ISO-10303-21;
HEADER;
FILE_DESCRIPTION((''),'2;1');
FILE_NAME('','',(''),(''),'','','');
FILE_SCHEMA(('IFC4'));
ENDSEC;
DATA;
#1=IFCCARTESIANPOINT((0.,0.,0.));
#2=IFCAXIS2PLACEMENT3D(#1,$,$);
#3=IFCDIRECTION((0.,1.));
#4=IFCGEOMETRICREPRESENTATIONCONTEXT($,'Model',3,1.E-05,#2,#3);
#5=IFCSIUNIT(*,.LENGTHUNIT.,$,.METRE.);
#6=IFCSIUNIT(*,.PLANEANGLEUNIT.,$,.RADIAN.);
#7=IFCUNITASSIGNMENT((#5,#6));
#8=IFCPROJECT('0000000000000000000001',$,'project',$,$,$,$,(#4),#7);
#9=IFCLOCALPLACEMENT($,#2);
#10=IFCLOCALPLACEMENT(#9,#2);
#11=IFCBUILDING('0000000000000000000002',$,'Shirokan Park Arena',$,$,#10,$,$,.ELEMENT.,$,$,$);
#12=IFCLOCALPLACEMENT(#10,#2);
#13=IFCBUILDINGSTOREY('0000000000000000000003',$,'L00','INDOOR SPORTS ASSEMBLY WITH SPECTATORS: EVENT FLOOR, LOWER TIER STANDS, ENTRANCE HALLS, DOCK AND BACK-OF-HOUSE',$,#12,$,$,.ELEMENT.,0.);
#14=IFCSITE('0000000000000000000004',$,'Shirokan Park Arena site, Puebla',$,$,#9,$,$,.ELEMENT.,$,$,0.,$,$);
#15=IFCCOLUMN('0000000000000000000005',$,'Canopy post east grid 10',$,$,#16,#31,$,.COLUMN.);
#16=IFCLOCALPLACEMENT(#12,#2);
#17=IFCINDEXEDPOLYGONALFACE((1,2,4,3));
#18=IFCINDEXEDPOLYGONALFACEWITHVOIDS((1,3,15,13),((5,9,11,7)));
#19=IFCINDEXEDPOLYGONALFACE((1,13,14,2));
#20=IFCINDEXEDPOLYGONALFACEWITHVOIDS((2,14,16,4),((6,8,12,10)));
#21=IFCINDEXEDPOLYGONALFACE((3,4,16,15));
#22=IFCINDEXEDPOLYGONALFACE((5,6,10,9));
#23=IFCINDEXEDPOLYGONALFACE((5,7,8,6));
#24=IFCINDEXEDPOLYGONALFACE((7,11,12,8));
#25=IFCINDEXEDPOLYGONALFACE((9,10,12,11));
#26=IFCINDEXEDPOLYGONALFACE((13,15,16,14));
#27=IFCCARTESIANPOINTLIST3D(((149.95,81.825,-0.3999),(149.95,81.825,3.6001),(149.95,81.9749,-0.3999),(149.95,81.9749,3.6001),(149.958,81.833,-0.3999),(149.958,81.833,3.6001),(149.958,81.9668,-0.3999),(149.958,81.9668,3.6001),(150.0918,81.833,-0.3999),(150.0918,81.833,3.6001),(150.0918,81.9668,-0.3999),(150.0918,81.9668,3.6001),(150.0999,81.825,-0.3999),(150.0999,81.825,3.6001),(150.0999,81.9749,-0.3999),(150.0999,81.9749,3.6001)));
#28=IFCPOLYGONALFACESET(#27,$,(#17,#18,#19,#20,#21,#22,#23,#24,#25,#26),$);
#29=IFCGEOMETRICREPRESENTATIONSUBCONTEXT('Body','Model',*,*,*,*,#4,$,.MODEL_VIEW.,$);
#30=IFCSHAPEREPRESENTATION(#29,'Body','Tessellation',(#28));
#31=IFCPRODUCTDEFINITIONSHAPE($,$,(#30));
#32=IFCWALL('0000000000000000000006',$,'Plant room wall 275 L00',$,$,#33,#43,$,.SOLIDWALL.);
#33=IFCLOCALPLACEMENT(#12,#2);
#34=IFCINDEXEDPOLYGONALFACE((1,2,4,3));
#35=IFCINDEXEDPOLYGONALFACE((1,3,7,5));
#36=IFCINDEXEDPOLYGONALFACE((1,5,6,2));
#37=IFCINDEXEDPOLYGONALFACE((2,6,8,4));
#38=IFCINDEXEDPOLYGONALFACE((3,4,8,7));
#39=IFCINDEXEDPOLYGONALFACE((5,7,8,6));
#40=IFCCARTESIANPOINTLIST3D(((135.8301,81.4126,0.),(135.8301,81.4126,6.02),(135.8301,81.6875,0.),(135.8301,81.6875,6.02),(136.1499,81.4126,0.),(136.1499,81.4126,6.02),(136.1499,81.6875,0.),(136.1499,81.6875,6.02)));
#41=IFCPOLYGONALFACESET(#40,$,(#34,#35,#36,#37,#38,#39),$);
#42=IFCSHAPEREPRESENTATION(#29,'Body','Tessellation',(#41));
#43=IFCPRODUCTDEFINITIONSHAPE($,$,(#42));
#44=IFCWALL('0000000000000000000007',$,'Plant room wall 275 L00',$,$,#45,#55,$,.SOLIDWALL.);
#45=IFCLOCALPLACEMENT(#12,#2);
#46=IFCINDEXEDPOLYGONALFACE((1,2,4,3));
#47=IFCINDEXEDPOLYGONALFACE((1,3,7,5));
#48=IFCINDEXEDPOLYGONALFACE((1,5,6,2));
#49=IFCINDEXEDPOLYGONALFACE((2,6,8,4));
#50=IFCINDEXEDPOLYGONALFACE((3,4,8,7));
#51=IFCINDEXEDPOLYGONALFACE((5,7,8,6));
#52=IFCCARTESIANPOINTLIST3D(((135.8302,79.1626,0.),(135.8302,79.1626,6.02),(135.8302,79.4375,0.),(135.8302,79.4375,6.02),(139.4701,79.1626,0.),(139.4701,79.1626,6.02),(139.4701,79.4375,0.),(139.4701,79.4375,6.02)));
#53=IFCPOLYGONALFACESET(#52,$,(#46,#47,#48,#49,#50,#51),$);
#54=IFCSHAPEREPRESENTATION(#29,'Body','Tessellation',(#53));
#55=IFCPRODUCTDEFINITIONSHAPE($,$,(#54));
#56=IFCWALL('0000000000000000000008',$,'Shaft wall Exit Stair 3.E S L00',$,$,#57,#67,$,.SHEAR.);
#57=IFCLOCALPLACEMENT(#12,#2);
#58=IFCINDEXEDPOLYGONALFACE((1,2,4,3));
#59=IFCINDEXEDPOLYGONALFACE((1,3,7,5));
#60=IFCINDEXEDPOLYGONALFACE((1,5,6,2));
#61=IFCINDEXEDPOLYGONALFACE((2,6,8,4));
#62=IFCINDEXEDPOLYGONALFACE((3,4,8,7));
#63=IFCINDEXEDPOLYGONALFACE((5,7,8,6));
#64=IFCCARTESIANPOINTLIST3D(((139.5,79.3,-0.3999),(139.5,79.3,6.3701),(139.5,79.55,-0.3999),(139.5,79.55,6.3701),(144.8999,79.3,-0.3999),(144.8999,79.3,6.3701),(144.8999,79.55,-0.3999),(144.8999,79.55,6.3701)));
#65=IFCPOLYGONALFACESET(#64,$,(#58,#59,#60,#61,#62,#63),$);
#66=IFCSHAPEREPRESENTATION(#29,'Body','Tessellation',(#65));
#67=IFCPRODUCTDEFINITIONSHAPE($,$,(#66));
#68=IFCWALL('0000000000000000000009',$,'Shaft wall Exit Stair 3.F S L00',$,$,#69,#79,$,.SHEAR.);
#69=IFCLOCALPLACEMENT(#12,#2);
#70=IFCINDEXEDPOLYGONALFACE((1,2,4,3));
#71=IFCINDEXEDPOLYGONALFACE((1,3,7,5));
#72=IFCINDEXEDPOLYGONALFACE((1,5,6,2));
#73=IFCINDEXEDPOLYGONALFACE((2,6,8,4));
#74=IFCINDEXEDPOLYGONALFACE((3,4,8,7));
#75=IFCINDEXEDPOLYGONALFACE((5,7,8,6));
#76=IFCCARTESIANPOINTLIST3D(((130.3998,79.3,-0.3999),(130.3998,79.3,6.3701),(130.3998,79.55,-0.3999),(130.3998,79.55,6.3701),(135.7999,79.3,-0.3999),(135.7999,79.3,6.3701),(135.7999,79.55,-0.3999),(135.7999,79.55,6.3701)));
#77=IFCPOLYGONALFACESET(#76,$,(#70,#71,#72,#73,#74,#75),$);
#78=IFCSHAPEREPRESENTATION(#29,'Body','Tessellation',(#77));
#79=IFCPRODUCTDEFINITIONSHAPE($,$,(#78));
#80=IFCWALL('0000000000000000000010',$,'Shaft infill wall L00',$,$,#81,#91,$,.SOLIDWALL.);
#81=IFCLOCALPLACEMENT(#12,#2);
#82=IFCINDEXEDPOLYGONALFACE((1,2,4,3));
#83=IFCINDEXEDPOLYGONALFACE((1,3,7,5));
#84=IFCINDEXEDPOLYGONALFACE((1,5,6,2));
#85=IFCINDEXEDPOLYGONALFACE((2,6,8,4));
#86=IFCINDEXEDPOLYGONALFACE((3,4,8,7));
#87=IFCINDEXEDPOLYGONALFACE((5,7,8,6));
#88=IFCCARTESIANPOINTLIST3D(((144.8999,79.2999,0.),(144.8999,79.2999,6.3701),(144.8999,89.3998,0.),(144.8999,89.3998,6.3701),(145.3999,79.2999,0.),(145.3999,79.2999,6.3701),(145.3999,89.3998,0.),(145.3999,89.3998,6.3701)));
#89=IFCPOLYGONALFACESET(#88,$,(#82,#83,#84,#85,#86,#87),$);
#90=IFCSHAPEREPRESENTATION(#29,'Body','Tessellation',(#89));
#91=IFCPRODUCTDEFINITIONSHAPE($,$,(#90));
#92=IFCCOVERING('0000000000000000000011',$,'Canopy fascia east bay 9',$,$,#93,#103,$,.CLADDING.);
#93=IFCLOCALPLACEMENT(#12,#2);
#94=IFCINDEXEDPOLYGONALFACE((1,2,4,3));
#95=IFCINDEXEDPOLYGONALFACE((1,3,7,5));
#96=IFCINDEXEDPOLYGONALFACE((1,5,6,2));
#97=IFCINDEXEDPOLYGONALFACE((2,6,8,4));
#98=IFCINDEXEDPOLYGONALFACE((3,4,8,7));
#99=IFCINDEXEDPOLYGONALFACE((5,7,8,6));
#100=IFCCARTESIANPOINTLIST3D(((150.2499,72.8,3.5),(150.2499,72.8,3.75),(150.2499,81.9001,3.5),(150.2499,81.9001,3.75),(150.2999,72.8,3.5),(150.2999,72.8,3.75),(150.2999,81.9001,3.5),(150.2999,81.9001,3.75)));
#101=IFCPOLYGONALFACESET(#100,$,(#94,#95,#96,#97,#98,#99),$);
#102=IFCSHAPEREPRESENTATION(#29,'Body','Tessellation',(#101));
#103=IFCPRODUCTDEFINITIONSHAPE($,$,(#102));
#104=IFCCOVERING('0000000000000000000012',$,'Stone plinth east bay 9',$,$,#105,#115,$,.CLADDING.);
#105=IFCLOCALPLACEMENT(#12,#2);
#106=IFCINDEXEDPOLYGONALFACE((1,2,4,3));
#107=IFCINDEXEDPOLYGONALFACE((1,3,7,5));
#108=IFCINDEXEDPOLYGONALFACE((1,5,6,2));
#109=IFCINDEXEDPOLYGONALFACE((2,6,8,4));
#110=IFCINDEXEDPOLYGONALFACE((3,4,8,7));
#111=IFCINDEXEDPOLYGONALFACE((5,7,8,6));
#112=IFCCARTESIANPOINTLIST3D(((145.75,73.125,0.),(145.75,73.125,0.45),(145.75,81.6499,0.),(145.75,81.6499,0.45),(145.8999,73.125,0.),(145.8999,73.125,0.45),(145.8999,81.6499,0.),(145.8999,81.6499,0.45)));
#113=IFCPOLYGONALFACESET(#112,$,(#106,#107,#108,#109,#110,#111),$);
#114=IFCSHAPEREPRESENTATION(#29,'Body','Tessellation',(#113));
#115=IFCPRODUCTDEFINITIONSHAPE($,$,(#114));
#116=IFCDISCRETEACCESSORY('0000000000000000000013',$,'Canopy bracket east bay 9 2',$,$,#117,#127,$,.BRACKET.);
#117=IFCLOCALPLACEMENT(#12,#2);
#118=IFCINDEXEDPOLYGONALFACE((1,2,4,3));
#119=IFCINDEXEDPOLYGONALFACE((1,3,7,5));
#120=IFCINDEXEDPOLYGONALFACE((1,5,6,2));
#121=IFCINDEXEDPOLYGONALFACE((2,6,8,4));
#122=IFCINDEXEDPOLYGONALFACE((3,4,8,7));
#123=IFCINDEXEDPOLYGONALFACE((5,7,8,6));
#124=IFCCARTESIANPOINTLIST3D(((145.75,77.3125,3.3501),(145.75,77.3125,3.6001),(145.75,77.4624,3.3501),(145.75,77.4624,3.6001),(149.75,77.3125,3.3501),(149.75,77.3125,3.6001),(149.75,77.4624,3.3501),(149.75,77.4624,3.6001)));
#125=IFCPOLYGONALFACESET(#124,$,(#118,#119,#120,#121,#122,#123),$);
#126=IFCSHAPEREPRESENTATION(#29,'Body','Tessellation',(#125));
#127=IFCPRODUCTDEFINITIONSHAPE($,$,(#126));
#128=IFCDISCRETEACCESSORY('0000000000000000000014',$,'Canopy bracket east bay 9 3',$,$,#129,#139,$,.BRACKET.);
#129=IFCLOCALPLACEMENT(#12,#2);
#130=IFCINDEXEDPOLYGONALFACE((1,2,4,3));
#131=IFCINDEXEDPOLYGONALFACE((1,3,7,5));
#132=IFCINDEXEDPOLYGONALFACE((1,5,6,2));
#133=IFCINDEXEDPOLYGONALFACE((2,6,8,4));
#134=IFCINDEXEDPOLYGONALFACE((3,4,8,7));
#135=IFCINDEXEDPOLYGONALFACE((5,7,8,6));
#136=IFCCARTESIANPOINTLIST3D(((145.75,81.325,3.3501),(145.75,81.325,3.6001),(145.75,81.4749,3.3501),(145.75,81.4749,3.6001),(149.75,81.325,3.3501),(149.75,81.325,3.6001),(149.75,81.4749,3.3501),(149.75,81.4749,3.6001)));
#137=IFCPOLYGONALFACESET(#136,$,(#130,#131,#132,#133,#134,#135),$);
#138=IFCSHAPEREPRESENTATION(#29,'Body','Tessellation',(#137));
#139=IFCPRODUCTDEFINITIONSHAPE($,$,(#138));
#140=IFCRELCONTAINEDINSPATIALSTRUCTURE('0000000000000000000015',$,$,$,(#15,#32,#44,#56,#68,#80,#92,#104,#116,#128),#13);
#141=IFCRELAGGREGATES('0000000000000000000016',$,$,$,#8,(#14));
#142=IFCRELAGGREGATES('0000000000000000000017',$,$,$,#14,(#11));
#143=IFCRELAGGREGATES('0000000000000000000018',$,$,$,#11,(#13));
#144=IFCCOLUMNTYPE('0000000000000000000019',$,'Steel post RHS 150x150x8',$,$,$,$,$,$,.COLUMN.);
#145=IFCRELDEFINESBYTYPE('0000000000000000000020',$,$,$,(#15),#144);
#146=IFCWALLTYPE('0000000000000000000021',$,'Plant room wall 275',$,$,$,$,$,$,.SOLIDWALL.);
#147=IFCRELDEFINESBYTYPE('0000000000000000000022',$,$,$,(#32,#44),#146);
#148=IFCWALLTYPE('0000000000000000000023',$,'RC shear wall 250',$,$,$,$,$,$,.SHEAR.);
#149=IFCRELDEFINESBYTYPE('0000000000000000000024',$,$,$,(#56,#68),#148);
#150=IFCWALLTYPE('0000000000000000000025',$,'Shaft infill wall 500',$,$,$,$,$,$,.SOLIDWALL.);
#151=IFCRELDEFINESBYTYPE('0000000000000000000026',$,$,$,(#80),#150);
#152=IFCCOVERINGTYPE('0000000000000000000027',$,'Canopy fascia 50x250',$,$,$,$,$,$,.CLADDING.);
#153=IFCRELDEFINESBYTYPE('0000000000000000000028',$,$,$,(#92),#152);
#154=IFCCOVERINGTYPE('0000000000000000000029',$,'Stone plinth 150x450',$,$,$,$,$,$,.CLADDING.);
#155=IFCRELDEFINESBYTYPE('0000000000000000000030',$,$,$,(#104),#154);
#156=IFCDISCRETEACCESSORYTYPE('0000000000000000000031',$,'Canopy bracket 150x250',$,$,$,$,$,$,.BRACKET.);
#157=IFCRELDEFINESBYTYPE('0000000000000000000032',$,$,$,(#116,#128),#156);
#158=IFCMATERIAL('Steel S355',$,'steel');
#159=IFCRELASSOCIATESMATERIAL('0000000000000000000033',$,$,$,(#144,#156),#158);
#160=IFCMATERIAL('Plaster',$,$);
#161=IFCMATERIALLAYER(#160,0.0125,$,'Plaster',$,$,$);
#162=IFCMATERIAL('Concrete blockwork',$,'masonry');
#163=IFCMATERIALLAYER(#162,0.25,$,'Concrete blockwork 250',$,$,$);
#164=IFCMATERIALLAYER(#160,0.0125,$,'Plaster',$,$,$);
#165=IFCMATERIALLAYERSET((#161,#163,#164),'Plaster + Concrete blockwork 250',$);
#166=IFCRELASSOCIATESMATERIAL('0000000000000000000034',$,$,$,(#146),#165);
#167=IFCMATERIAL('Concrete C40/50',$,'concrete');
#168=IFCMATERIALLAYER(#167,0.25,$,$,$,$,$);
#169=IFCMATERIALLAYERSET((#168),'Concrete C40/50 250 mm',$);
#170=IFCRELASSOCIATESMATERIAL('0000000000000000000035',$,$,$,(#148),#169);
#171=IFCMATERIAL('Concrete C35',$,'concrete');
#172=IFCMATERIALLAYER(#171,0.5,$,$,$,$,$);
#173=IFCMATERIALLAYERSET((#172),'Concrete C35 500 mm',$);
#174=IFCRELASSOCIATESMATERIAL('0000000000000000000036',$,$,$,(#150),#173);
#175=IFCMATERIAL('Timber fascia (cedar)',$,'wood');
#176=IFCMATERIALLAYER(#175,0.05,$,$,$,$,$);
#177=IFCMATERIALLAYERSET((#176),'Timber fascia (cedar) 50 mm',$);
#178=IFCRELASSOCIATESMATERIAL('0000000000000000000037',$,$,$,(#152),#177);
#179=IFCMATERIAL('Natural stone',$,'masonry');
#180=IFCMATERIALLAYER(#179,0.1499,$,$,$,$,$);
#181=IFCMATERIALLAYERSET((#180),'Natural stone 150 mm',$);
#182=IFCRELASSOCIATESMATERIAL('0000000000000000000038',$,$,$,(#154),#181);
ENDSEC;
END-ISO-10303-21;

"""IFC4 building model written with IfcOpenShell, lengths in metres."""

from ifc_helpers import new_model, si_unit, direction, frame, frame_2d, origin, origin_2d, place, context, subcontext, project, spatial, rectangle, hollow_rectangle, extrude, material, layer, layer_set, material_profile, profile_set, type_object, element, save


model = new_model("IFC4")

# Units and contexts
model_context = context("Model", 3, precision=1e-05, world=origin(), true_north=direction((0.0, 1.0)))
body_context = subcontext(model_context, "Body", "Model", "MODEL_VIEW")
ifc_project = project(units=[si_unit("LENGTHUNIT", "METRE"), si_unit("PLANEANGLEUNIT", "RADIAN")], contexts=[model_context])

# Site, building, storey
site_placement = place(None, origin())
site = spatial("IfcSite", under=ifc_project, at=site_placement, Name="Shirokan Park Arena site, Puebla", CompositionType="ELEMENT", RefElevation=0.0)
building_placement = place(site_placement, origin())
building = spatial("IfcBuilding", under=site, at=building_placement, Name="Shirokan Park Arena", CompositionType="ELEMENT")
storey_placement = place(building_placement, origin())
storey = spatial("IfcBuildingStorey", under=building, at=storey_placement, Name="L00", Description="INDOOR SPORTS ASSEMBLY WITH SPECTATORS: EVENT FLOOR, LOWER TIER STANDS, ENTRANCE HALLS, DOCK AND BACK-OF-HOUSE", CompositionType="ELEMENT", Elevation=0.0)

# Column
ifc_material_1 = material(Name="Concrete C35", Category="concrete")
ifc_material_2 = material(Name="Steel S355", Category="steel")
ifc_material_profile_1 = material_profile(ifc_material_2, hollow_rectangle(XDim=0.1499, YDim=0.1499, WallThickness=0.0081, at=origin_2d()), Name="RHS 150x150x8")
ifc_profile_set_1 = profile_set([ifc_material_profile_1], Name="Steel S355")
column_type_1 = type_object("IfcColumnType", Name="Steel post RHS 150x150x8", PredefinedType="COLUMN", material=ifc_profile_set_1)
column_1_placement = place(storey_placement, frame((150.0249, 81.8999, -0.3999), z_axis=(0.0, 0.0, 1.0), x_axis=(1.0, 0.0, 0.0)))
element("IfcColumn", 1, at=column_1_placement, inside=storey, type_object=column_type_1, Name="Canopy post east grid 10", PredefinedType="COLUMN", context=body_context, shape_type="SweptSolid", body=[
    extrude(hollow_rectangle(XDim=0.1499, YDim=0.1499, WallThickness=0.0081, at=origin_2d()), origin(), (0.0, 0.0, 1.0), 4.0),
])

# Walls
ifc_material_3 = material(Name="Plaster")
ifc_layer_1 = layer(ifc_material_3, 0.0125, Name="Plaster")
ifc_material_4 = material(Name="Concrete blockwork", Category="masonry")
ifc_layer_2 = layer(ifc_material_4, 0.25, Name="Concrete blockwork 250")
ifc_layer_3 = layer(ifc_material_3, 0.0125, Name="Plaster")
ifc_layer_set_1 = layer_set([ifc_layer_1, ifc_layer_2, ifc_layer_3], Name="Plaster + Concrete blockwork 250")
wall_type_1 = type_object("IfcWallType", Name="Plant room wall 275", PredefinedType="SOLIDWALL", material=ifc_layer_set_1)
wall_1_placement = place(storey_placement, frame((135.8301, 81.55, 0.0), z_axis=(0.0, 0.0, 1.0), x_axis=(1.0, 0.0, 0.0)))
element("IfcWall", 2, at=wall_1_placement, inside=storey, type_object=wall_type_1, Name="Plant room wall 275 L00", PredefinedType="SOLIDWALL", context=body_context, shape_type="SweptSolid", body=[
    extrude(rectangle(XDim=0.3198, YDim=0.2749, at=frame_2d((0.1599, 0.0))), origin(), (0.0, 0.0, 1.0), 6.02),
])
wall_2_placement = place(storey_placement, frame((139.47, 79.3, 0.0), z_axis=(0.0, 0.0, 1.0), x_axis=(-1.0, 0.0, 0.0)))
element("IfcWall", 3, at=wall_2_placement, inside=storey, type_object=wall_type_1, Name="Plant room wall 275 L00", PredefinedType="SOLIDWALL", context=body_context, shape_type="SweptSolid", body=[
    extrude(rectangle(XDim=3.6399, YDim=0.2749, at=frame_2d((1.8198, 0.0))), origin(), (0.0, 0.0, 1.0), 6.02),
])
ifc_material_5 = material(Name="Concrete C40/50", Category="concrete")
ifc_layer_4 = layer(ifc_material_5, 0.25)
ifc_layer_set_2 = layer_set([ifc_layer_4], Name="Concrete C40/50 250 mm")
wall_type_2 = type_object("IfcWallType", Name="RC shear wall 250", PredefinedType="SHEAR", material=ifc_layer_set_2)
wall_3_placement = place(storey_placement, frame((144.8999, 79.425, -0.3999), z_axis=(0.0, 0.0, 1.0), x_axis=(-1.0, 0.0, 0.0)))
element("IfcWall", 4, at=wall_3_placement, inside=storey, type_object=wall_type_2, Name="Shaft wall Exit Stair 3.E S L00", PredefinedType="SHEAR", context=body_context, shape_type="SweptSolid", body=[
    extrude(rectangle(XDim=5.3999, YDim=0.25, at=frame_2d((2.7, 0.0))), origin(), (0.0, 0.0, 1.0), 6.77),
])
wall_4_placement = place(storey_placement, frame((135.8, 79.425, -0.3999), z_axis=(0.0, 0.0, 1.0), x_axis=(-1.0, 0.0, 0.0)))
element("IfcWall", 5, at=wall_4_placement, inside=storey, type_object=wall_type_2, Name="Shaft wall Exit Stair 3.F S L00", PredefinedType="SHEAR", context=body_context, shape_type="SweptSolid", body=[
    extrude(rectangle(XDim=5.4001, YDim=0.25, at=frame_2d((2.7002, 0.0))), origin(), (0.0, 0.0, 1.0), 6.77),
])
ifc_layer_5 = layer(ifc_material_1, 0.5)
ifc_layer_set_3 = layer_set([ifc_layer_5], Name="Concrete C35 500 mm")
wall_type_3 = type_object("IfcWallType", Name="Shaft infill wall 500", PredefinedType="SOLIDWALL", material=ifc_layer_set_3)
wall_5_placement = place(storey_placement, frame((145.1499, 79.3, 0.0), z_axis=(0.0, 0.0, 1.0), x_axis=(0.0, 1.0, 0.0)))
element("IfcWall", 6, at=wall_5_placement, inside=storey, type_object=wall_type_3, Name="Shaft infill wall L00", PredefinedType="SOLIDWALL", context=body_context, shape_type="SweptSolid", body=[
    extrude(rectangle(XDim=10.0999, YDim=0.5, at=frame_2d((5.0498, 0.0))), origin(), (0.0, 0.0, 1.0), 6.3701),
])

# Covering
ifc_material_6 = material(Name="Timber fascia (cedar)", Category="wood")
ifc_layer_6 = layer(ifc_material_6, 0.05)
ifc_layer_set_4 = layer_set([ifc_layer_6], Name="Timber fascia (cedar) 50 mm")
covering_type_1 = type_object("IfcCoveringType", Name="Canopy fascia 50x250", PredefinedType="CLADDING", material=ifc_layer_set_4)
covering_1_placement = place(storey_placement, frame((150.2749, 77.3501, 3.5), z_axis=(0.0, 0.0, 1.0), x_axis=(0.0, 1.0, 0.0)))
element("IfcCovering", 7, at=covering_1_placement, inside=storey, type_object=covering_type_1, Name="Canopy fascia east bay 9", PredefinedType="CLADDING", context=body_context, shape_type="SweptSolid", body=[
    extrude(rectangle(XDim=9.1001, YDim=0.05, at=origin_2d()), origin(), (0.0, 0.0, 1.0), 0.25),
])

# Covering
ifc_material_7 = material(Name="Natural stone", Category="masonry")
ifc_layer_7 = layer(ifc_material_7, 0.1499)
ifc_layer_set_5 = layer_set([ifc_layer_7], Name="Natural stone 150 mm")
covering_type_2 = type_object("IfcCoveringType", Name="Stone plinth 150x450", PredefinedType="CLADDING", material=ifc_layer_set_5)
covering_2_placement = place(storey_placement, frame((145.825, 77.3875, 0.0), z_axis=(0.0, 0.0, 1.0), x_axis=(0.0, 1.0, 0.0)))
element("IfcCovering", 8, at=covering_2_placement, inside=storey, type_object=covering_type_2, Name="Stone plinth east bay 9", PredefinedType="CLADDING", context=body_context, shape_type="SweptSolid", body=[
    extrude(rectangle(XDim=8.5249, YDim=0.1499, at=origin_2d()), origin(), (0.0, 0.0, 1.0), 0.45),
])

# Discrete accessories
discrete_accessory_type = type_object("IfcDiscreteAccessoryType", Name="Canopy bracket 150x250", PredefinedType="BRACKET", material=ifc_material_2)
for number, where, z_axis, x_axis, name in (
    (9, (147.75, 77.3875, 3.3501), (0.0, 0.0, 1.0), (0.0, 1.0, 0.0), "Canopy bracket east bay 9 2"),
    (10, (147.75, 81.3999, 3.3501), (0.0, 0.0, 1.0), (0.0, 1.0, 0.0), "Canopy bracket east bay 9 3"),
):
    element("IfcDiscreteAccessory", number, at=place(storey_placement, frame(where, z_axis=z_axis, x_axis=x_axis)), inside=storey, type_object=discrete_accessory_type, Name=name, PredefinedType="BRACKET", context=body_context, shape_type="SweptSolid", body=[
        extrude(rectangle(XDim=0.1499, YDim=4.0, at=origin_2d()), origin(), (0.0, 0.0, 1.0), 0.25),
    ])

save(model, "model.ifc")
